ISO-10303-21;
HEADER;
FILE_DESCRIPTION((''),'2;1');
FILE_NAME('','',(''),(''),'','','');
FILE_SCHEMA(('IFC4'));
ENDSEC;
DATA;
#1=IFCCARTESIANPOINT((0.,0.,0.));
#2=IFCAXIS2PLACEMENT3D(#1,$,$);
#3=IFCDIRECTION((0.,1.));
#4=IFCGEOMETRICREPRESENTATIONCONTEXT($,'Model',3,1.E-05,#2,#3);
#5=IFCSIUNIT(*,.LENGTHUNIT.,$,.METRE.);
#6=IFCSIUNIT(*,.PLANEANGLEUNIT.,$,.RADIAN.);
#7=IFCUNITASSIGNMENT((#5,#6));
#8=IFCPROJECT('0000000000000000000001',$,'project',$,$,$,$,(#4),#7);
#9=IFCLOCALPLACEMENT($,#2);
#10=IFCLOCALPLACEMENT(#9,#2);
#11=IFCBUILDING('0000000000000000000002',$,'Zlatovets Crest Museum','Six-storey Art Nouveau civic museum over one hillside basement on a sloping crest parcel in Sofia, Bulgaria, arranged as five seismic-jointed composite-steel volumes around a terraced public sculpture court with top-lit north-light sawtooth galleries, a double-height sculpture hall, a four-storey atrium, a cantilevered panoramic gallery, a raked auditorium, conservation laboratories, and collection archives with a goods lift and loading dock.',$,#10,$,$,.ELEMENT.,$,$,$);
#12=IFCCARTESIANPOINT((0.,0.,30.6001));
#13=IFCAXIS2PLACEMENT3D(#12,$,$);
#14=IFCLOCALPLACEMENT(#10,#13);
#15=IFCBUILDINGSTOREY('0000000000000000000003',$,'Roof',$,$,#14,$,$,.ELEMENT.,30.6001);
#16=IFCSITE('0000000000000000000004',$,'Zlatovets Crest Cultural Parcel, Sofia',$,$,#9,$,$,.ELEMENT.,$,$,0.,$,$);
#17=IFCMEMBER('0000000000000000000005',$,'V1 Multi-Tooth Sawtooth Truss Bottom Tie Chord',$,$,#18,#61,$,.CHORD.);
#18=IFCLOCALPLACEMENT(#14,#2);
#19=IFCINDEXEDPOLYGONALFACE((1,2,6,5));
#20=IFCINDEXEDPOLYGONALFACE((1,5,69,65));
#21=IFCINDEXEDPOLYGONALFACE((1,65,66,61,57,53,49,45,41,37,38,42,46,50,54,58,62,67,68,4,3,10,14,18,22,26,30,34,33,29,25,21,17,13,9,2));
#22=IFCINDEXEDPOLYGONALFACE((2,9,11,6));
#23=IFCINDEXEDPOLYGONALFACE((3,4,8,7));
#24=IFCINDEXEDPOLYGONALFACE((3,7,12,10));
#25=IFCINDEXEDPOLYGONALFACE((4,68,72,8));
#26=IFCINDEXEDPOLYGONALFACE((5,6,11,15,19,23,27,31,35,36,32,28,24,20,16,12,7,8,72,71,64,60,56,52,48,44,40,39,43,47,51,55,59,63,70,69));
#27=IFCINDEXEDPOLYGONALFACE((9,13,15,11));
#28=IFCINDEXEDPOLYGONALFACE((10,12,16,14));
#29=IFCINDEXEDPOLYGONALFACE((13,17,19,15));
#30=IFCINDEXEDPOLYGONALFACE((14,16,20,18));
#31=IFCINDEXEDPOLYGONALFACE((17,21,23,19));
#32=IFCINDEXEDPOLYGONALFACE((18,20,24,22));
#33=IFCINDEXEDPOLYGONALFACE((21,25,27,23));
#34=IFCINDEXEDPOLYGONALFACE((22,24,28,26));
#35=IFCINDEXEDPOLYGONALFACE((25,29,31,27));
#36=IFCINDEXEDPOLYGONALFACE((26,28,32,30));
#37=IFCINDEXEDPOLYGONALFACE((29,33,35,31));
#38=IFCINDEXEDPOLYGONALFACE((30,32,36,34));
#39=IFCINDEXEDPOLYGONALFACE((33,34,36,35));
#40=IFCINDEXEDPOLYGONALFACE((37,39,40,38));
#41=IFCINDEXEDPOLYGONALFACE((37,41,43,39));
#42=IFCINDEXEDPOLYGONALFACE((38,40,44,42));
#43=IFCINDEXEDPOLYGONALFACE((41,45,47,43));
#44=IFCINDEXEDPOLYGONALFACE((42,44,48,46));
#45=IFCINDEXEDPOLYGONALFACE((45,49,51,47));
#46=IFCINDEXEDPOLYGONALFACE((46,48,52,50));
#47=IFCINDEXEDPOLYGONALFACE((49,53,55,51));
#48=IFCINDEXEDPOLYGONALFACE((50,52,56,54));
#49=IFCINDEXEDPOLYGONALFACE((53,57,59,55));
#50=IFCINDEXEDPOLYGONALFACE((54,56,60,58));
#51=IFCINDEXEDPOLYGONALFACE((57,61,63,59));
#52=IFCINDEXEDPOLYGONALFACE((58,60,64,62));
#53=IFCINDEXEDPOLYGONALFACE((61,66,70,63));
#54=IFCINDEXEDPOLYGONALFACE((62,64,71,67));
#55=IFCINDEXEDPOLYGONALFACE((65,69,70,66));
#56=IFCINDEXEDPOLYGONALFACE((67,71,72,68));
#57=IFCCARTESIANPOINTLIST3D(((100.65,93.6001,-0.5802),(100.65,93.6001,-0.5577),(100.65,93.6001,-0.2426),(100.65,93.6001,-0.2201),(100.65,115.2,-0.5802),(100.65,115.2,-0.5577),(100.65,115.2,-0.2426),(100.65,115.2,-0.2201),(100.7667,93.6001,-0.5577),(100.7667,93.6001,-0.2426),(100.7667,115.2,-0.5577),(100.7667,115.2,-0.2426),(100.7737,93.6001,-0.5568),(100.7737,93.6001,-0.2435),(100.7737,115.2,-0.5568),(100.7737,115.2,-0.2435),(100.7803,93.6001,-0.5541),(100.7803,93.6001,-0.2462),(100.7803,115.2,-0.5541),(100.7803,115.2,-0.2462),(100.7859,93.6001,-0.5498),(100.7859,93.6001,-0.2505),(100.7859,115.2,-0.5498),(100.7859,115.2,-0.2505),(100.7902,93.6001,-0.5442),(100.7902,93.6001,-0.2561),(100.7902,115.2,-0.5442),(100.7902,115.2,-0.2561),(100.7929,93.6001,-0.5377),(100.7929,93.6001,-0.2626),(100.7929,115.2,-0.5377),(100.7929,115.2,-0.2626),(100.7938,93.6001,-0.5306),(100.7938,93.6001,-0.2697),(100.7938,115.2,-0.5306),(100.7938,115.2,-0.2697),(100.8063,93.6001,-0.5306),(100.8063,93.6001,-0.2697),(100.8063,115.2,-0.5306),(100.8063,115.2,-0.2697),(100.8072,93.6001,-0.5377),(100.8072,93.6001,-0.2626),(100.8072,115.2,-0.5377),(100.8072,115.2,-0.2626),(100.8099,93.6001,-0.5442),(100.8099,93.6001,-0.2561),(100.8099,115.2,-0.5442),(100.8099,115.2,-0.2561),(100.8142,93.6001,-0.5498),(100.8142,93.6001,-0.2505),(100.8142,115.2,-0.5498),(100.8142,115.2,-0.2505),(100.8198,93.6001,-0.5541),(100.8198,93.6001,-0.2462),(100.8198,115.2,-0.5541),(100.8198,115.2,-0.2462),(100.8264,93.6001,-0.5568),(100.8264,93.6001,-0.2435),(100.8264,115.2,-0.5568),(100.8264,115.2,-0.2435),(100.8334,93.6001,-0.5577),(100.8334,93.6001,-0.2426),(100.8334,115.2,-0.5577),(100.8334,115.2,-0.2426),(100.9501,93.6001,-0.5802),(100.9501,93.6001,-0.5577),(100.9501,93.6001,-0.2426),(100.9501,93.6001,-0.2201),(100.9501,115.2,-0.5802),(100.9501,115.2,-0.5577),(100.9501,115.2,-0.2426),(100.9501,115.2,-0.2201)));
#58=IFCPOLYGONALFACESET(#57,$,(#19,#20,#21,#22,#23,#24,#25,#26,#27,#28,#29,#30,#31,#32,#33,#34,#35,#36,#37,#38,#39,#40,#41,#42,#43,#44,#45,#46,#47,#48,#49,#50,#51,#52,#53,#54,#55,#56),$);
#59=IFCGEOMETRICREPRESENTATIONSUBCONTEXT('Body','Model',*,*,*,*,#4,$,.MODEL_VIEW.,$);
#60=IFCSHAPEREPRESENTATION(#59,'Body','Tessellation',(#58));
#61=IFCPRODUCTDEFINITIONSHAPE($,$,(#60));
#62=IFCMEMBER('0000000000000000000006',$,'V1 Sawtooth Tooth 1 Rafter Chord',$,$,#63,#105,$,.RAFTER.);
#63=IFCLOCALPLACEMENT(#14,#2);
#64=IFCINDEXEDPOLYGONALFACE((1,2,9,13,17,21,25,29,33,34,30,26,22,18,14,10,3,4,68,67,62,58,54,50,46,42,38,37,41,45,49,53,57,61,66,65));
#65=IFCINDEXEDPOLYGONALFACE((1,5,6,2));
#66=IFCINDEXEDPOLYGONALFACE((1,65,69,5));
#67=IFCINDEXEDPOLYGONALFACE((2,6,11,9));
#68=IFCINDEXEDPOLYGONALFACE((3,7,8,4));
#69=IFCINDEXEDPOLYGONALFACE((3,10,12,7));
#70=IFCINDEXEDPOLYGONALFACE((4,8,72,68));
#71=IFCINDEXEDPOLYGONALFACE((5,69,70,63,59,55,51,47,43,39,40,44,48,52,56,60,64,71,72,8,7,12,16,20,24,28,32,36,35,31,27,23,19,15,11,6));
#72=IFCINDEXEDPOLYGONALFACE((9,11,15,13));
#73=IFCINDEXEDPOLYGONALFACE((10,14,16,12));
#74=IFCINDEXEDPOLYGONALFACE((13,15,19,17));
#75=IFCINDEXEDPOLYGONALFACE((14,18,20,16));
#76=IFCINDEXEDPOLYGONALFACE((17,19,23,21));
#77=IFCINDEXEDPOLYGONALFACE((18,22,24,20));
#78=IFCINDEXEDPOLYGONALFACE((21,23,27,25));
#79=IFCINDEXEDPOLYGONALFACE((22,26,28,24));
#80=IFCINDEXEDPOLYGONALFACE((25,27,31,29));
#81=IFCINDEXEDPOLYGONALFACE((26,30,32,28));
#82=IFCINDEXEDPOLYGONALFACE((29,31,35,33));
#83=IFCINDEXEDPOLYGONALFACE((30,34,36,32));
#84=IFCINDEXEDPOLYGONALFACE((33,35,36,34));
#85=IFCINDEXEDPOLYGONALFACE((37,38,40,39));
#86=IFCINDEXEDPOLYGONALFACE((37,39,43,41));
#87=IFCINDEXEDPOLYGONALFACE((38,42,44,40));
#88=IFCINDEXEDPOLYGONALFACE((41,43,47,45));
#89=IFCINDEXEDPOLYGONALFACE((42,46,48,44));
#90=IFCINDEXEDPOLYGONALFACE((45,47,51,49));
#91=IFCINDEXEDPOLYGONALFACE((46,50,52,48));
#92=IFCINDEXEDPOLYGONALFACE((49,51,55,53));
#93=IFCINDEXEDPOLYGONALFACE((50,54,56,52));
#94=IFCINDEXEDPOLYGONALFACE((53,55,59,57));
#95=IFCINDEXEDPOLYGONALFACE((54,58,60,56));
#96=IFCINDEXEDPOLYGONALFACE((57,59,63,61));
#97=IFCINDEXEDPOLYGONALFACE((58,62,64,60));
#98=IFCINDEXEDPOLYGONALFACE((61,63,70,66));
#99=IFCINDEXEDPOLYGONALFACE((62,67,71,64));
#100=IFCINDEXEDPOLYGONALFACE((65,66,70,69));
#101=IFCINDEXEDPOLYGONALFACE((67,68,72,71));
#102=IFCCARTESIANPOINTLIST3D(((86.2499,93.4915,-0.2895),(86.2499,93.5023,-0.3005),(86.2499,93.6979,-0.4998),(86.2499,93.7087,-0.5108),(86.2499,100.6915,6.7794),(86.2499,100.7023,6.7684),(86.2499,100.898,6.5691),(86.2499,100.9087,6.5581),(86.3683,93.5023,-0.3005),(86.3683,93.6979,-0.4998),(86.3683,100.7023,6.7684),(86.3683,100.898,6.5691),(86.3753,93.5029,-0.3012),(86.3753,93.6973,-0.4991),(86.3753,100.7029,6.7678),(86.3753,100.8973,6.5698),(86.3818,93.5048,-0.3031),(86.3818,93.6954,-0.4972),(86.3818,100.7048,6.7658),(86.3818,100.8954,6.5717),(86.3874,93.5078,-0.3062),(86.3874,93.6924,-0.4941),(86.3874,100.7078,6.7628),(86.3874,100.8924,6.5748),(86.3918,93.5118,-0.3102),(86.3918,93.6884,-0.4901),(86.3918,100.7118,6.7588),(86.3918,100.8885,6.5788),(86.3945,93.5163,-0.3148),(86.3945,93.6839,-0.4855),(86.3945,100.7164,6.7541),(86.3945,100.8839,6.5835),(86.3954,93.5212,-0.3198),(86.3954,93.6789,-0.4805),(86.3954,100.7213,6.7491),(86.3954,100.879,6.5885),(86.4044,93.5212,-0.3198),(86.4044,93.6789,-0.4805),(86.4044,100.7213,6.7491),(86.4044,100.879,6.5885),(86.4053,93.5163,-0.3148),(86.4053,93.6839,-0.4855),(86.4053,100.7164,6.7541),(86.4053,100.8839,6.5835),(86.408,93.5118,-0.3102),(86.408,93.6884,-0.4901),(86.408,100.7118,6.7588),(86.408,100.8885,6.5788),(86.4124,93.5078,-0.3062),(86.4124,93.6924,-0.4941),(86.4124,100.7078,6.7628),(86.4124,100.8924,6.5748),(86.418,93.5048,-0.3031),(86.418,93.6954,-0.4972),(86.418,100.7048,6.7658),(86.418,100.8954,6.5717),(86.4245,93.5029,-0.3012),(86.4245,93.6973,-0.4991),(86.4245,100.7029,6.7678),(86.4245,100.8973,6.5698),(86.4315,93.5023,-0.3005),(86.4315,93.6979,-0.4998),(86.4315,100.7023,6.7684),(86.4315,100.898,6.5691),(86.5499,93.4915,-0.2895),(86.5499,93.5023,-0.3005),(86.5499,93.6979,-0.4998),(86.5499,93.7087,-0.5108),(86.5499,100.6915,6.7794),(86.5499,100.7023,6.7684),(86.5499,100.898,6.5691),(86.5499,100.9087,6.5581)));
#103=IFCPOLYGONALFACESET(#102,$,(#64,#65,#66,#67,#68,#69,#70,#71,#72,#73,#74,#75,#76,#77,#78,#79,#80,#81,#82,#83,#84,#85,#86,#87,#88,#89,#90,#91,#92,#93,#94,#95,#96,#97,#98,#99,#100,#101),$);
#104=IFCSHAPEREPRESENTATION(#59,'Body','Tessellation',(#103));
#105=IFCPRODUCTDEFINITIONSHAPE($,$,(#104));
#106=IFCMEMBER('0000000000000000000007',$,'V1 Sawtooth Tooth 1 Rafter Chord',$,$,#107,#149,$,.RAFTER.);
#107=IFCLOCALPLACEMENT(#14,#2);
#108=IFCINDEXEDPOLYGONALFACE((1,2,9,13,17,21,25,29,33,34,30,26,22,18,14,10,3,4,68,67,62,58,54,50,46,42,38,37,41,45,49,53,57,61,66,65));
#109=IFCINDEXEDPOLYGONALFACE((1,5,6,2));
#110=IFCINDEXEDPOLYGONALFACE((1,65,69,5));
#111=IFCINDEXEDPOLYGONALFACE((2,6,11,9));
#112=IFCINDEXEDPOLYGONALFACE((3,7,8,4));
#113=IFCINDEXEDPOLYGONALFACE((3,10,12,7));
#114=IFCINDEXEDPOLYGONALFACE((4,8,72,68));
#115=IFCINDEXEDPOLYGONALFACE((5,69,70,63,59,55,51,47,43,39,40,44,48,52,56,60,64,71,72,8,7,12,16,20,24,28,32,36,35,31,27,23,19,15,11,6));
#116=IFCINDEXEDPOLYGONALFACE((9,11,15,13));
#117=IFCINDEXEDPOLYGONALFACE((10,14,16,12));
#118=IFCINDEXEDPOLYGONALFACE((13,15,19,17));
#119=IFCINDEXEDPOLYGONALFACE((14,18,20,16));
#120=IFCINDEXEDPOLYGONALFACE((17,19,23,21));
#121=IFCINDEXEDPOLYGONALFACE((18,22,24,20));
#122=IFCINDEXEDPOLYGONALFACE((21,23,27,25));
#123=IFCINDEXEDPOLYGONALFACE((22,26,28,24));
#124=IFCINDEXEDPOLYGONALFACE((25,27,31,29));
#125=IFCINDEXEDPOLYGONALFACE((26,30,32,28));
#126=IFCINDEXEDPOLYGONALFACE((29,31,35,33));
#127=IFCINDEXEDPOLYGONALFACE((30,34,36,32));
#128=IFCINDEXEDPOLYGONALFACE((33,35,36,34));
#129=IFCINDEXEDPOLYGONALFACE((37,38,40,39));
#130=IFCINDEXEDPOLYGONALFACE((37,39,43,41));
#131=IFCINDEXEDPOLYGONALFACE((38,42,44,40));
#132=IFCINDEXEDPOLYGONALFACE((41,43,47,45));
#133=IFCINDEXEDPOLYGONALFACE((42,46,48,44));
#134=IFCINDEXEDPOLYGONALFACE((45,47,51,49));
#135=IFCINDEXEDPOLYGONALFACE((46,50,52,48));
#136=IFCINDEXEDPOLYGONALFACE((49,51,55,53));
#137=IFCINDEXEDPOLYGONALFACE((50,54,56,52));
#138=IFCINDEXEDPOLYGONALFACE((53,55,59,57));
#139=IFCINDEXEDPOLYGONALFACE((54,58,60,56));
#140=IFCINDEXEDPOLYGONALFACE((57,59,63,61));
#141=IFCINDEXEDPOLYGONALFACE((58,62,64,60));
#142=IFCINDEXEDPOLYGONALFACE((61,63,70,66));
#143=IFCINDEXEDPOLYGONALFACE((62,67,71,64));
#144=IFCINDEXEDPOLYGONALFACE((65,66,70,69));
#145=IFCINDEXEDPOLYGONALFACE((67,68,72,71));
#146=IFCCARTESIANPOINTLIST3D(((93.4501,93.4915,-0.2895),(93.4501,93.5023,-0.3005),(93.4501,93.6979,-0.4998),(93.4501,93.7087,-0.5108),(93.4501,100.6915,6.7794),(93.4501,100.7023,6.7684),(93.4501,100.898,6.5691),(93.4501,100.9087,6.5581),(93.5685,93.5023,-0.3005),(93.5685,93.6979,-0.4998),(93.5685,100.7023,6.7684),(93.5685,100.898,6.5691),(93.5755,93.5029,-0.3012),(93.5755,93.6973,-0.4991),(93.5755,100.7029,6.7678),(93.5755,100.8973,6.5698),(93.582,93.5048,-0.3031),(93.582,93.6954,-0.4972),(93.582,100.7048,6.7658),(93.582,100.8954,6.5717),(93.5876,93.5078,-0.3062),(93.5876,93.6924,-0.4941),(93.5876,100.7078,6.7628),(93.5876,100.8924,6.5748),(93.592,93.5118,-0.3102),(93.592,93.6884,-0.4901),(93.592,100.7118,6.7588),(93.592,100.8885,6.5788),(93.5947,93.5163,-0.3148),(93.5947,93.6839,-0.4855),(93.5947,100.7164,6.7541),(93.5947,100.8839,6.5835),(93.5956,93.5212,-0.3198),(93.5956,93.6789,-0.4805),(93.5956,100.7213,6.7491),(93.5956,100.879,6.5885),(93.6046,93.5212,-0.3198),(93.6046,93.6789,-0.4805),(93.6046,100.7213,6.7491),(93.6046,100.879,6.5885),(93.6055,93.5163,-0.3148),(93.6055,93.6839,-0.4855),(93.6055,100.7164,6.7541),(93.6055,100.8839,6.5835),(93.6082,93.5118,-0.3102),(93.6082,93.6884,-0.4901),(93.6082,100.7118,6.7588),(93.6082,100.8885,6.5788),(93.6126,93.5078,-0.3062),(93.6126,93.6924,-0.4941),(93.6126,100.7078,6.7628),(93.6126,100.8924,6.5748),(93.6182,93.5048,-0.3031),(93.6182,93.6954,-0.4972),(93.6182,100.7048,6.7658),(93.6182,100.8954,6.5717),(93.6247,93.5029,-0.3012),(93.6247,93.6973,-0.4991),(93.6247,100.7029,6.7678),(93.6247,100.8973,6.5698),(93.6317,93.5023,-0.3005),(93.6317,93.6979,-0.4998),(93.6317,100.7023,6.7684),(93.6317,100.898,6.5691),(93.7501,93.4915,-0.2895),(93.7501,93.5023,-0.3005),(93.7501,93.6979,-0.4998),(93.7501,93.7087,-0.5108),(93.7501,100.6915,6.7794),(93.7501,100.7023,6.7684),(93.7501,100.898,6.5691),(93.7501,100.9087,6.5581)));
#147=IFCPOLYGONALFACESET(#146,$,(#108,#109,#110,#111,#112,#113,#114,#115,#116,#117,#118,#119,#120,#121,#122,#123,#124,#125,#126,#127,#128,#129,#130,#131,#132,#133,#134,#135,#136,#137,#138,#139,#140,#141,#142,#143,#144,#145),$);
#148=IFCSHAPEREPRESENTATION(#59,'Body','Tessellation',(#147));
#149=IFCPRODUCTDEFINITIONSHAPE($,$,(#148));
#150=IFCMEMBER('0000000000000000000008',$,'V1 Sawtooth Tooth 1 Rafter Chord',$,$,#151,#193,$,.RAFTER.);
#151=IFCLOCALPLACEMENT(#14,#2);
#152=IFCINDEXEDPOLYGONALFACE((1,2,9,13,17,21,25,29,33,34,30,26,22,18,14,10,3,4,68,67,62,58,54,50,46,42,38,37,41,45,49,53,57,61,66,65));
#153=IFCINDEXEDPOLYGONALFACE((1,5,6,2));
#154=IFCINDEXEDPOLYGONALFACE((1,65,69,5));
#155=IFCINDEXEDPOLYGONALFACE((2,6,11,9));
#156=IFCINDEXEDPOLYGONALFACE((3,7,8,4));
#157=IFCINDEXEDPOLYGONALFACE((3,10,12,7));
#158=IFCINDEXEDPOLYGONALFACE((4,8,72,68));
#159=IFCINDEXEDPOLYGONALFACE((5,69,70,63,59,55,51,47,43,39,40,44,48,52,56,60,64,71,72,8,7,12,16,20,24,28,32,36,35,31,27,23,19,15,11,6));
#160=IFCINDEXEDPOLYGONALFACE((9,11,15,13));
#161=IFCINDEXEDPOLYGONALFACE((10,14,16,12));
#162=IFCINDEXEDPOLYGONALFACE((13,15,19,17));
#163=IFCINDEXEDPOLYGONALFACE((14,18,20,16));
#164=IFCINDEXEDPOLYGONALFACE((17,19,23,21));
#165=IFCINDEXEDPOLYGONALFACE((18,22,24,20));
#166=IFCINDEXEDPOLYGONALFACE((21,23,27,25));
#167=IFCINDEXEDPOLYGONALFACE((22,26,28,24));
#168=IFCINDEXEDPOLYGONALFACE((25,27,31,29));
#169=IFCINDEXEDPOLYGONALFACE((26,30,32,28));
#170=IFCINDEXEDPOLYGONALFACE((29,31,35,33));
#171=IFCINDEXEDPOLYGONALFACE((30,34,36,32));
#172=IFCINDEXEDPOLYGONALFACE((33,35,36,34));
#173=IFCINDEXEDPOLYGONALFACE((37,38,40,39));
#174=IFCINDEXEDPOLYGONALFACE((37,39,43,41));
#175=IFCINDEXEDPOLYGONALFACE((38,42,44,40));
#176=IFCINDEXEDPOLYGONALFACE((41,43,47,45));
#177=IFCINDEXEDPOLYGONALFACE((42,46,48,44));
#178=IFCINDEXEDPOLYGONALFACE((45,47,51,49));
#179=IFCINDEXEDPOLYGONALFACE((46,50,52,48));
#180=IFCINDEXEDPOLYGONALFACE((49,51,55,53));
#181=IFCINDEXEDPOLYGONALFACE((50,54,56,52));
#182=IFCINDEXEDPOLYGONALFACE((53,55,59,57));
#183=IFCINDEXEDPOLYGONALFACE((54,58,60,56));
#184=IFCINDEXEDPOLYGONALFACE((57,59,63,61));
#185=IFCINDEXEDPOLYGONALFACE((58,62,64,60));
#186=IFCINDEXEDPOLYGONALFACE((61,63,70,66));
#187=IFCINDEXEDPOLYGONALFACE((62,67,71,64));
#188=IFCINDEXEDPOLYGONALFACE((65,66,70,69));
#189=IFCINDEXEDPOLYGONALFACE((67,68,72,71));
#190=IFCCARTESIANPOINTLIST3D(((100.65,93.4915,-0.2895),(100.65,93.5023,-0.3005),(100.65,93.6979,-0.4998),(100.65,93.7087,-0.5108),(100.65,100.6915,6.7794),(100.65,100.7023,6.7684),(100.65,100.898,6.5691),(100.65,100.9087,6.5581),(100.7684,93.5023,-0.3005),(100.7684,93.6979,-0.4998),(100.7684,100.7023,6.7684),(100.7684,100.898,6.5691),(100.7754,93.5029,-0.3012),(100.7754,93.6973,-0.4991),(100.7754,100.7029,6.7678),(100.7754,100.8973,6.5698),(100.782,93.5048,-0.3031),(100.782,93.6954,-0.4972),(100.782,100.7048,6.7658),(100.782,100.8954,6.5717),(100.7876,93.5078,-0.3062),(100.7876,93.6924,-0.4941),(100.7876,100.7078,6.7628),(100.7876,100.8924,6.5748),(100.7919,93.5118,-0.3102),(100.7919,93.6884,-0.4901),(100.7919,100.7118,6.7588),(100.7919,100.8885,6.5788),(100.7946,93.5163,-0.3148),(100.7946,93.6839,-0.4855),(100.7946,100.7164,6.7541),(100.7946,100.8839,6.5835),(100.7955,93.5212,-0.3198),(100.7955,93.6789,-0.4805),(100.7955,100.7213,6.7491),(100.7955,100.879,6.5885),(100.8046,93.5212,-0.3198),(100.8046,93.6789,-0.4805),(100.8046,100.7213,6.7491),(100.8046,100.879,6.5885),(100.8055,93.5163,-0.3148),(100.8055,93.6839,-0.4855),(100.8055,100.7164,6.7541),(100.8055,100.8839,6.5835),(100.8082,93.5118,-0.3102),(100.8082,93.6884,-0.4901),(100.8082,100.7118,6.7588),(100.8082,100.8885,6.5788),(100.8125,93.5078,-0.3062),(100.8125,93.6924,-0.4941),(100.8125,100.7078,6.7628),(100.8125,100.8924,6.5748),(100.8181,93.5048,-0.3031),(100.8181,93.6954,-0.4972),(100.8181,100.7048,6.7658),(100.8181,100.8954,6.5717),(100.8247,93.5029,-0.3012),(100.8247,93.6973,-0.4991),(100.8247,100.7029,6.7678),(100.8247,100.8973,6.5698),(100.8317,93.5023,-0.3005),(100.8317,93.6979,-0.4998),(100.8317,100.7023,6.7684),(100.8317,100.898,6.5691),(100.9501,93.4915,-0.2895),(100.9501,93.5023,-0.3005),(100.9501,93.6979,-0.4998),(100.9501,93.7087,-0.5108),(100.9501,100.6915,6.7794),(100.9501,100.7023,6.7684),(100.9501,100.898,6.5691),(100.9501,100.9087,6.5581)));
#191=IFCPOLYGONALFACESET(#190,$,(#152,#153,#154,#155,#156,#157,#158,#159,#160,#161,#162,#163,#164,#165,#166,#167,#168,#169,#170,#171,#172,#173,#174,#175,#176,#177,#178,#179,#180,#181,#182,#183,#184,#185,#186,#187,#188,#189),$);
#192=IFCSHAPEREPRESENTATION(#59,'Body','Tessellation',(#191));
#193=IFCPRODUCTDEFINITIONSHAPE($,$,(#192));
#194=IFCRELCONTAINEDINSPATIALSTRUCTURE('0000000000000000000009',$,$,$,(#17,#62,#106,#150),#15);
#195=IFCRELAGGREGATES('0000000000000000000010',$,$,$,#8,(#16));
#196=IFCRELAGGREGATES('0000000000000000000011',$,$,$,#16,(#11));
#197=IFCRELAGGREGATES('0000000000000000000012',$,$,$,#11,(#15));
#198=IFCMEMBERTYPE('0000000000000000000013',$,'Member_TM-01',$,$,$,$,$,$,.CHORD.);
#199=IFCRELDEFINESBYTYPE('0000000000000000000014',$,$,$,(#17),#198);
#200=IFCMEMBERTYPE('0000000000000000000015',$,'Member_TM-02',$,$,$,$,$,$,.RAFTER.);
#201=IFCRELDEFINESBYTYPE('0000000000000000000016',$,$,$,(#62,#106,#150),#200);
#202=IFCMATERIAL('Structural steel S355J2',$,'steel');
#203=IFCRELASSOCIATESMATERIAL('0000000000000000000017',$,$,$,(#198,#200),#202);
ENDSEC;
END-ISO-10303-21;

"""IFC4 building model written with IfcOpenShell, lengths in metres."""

from ifc_helpers import new_model, si_unit, direction, frame, origin, origin_2d, place, context, subcontext, project, spatial, i_section, extrude, material, material_profile, profile_set, type_object, element, save


model = new_model("IFC4")

# Units and contexts
model_context = context("Model", 3, precision=1e-05, world=origin(), true_north=direction((0.0, 1.0)))
body_context = subcontext(model_context, "Body", "Model", "MODEL_VIEW")
ifc_project = project(units=[si_unit("LENGTHUNIT", "METRE"), si_unit("PLANEANGLEUNIT", "RADIAN")], contexts=[model_context])

# Site, building, storey
site_placement = place(None, origin())
site = spatial("IfcSite", under=ifc_project, at=site_placement, Name="Zlatovets Crest Cultural Parcel, Sofia", CompositionType="ELEMENT", RefElevation=0.0)
building_placement = place(site_placement, origin())
building = spatial("IfcBuilding", under=site, at=building_placement, Name="Zlatovets Crest Museum", Description="Six-storey Art Nouveau civic museum over one hillside basement on a sloping crest parcel in Sofia, Bulgaria, arranged as five seismic-jointed composite-steel volumes around a terraced public sculpture court with top-lit north-light sawtooth galleries, a double-height sculpture hall, a four-storey atrium, a cantilevered panoramic gallery, a raked auditorium, conservation laboratories, and collection archives with a goods lift and loading dock.", CompositionType="ELEMENT")
storey_placement = place(building_placement, frame((0.0, 0.0, 30.6001)))
storey = spatial("IfcBuildingStorey", under=building, at=storey_placement, Name="Roof", CompositionType="ELEMENT", Elevation=30.6001)

# Shared definitions
ifc_material_1 = material(Name="Structural steel S355J2", Category="steel")

# Members
ifc_material_profile_1 = material_profile(ifc_material_1, i_section(OverallWidth=0.3, OverallDepth=0.3601, WebThickness=0.0125, FlangeThickness=0.0225, FilletRadius=0.0271, at=origin_2d()), Name="HEB 360")
ifc_profile_set_1 = profile_set([ifc_material_profile_1], Name="Structural steel S355J2")
member_type_1 = type_object("IfcMemberType", Name="Member_TM-01", PredefinedType="CHORD", material=ifc_profile_set_1)
for number, where, z_axis, x_axis, name in (
    (1, (100.8, 93.6001, -0.4001), (0.0, 1.0, 0.0), (-1.0, 0.0, 0.0), "V1 Multi-Tooth Sawtooth Truss Bottom Tie Chord"),
):
    element("IfcMember", number, at=place(storey_placement, frame(where, z_axis=z_axis, x_axis=x_axis)), inside=storey, type_object=member_type_1, Name=name, PredefinedType="CHORD", context=body_context, shape_type="SweptSolid", body=[
        extrude(i_section(OverallWidth=0.3, OverallDepth=0.3601, WebThickness=0.0125, FlangeThickness=0.0225, FilletRadius=0.0271, at=origin_2d()), origin(), (0.0, 0.0, 1.0), 21.5999),
    ])
ifc_material_profile_2 = material_profile(ifc_material_1, i_section(OverallWidth=0.3, OverallDepth=0.3101, WebThickness=0.009, FlangeThickness=0.0154, FilletRadius=0.0271, at=origin_2d()), Name="HEA 320")
ifc_profile_set_2 = profile_set([ifc_material_profile_2], Name="Structural steel S355J2")
member_type_2 = type_object("IfcMemberType", Name="Member_TM-02", PredefinedType="RAFTER", material=ifc_profile_set_2)
for number, where, z_axis, x_axis, name in (
    (2, (86.3999, 93.6001, -0.4001), (0.0, 0.713574, 0.70058), (-1.0, 0.0, 0.0), "V1 Sawtooth Tooth 1 Rafter Chord"),
    (3, (93.6001, 93.6001, -0.4001), (0.0, 0.713574, 0.70058), (-1.0, 0.0, 0.0), "V1 Sawtooth Tooth 1 Rafter Chord"),
    (4, (100.8, 93.6001, -0.4001), (0.0, 0.713574, 0.70058), (-1.0, 0.0, 0.0), "V1 Sawtooth Tooth 1 Rafter Chord"),
):
    element("IfcMember", number, at=place(storey_placement, frame(where, z_axis=z_axis, x_axis=x_axis)), inside=storey, type_object=member_type_2, Name=name, PredefinedType="RAFTER", context=body_context, shape_type="SweptSolid", body=[
        extrude(i_section(OverallWidth=0.3, OverallDepth=0.3101, WebThickness=0.009, FlangeThickness=0.0154, FilletRadius=0.0271, at=origin_2d()), origin(), (0.0, 0.0, 1.0), 10.0901),
    ])

save(model, "model.ifc")
